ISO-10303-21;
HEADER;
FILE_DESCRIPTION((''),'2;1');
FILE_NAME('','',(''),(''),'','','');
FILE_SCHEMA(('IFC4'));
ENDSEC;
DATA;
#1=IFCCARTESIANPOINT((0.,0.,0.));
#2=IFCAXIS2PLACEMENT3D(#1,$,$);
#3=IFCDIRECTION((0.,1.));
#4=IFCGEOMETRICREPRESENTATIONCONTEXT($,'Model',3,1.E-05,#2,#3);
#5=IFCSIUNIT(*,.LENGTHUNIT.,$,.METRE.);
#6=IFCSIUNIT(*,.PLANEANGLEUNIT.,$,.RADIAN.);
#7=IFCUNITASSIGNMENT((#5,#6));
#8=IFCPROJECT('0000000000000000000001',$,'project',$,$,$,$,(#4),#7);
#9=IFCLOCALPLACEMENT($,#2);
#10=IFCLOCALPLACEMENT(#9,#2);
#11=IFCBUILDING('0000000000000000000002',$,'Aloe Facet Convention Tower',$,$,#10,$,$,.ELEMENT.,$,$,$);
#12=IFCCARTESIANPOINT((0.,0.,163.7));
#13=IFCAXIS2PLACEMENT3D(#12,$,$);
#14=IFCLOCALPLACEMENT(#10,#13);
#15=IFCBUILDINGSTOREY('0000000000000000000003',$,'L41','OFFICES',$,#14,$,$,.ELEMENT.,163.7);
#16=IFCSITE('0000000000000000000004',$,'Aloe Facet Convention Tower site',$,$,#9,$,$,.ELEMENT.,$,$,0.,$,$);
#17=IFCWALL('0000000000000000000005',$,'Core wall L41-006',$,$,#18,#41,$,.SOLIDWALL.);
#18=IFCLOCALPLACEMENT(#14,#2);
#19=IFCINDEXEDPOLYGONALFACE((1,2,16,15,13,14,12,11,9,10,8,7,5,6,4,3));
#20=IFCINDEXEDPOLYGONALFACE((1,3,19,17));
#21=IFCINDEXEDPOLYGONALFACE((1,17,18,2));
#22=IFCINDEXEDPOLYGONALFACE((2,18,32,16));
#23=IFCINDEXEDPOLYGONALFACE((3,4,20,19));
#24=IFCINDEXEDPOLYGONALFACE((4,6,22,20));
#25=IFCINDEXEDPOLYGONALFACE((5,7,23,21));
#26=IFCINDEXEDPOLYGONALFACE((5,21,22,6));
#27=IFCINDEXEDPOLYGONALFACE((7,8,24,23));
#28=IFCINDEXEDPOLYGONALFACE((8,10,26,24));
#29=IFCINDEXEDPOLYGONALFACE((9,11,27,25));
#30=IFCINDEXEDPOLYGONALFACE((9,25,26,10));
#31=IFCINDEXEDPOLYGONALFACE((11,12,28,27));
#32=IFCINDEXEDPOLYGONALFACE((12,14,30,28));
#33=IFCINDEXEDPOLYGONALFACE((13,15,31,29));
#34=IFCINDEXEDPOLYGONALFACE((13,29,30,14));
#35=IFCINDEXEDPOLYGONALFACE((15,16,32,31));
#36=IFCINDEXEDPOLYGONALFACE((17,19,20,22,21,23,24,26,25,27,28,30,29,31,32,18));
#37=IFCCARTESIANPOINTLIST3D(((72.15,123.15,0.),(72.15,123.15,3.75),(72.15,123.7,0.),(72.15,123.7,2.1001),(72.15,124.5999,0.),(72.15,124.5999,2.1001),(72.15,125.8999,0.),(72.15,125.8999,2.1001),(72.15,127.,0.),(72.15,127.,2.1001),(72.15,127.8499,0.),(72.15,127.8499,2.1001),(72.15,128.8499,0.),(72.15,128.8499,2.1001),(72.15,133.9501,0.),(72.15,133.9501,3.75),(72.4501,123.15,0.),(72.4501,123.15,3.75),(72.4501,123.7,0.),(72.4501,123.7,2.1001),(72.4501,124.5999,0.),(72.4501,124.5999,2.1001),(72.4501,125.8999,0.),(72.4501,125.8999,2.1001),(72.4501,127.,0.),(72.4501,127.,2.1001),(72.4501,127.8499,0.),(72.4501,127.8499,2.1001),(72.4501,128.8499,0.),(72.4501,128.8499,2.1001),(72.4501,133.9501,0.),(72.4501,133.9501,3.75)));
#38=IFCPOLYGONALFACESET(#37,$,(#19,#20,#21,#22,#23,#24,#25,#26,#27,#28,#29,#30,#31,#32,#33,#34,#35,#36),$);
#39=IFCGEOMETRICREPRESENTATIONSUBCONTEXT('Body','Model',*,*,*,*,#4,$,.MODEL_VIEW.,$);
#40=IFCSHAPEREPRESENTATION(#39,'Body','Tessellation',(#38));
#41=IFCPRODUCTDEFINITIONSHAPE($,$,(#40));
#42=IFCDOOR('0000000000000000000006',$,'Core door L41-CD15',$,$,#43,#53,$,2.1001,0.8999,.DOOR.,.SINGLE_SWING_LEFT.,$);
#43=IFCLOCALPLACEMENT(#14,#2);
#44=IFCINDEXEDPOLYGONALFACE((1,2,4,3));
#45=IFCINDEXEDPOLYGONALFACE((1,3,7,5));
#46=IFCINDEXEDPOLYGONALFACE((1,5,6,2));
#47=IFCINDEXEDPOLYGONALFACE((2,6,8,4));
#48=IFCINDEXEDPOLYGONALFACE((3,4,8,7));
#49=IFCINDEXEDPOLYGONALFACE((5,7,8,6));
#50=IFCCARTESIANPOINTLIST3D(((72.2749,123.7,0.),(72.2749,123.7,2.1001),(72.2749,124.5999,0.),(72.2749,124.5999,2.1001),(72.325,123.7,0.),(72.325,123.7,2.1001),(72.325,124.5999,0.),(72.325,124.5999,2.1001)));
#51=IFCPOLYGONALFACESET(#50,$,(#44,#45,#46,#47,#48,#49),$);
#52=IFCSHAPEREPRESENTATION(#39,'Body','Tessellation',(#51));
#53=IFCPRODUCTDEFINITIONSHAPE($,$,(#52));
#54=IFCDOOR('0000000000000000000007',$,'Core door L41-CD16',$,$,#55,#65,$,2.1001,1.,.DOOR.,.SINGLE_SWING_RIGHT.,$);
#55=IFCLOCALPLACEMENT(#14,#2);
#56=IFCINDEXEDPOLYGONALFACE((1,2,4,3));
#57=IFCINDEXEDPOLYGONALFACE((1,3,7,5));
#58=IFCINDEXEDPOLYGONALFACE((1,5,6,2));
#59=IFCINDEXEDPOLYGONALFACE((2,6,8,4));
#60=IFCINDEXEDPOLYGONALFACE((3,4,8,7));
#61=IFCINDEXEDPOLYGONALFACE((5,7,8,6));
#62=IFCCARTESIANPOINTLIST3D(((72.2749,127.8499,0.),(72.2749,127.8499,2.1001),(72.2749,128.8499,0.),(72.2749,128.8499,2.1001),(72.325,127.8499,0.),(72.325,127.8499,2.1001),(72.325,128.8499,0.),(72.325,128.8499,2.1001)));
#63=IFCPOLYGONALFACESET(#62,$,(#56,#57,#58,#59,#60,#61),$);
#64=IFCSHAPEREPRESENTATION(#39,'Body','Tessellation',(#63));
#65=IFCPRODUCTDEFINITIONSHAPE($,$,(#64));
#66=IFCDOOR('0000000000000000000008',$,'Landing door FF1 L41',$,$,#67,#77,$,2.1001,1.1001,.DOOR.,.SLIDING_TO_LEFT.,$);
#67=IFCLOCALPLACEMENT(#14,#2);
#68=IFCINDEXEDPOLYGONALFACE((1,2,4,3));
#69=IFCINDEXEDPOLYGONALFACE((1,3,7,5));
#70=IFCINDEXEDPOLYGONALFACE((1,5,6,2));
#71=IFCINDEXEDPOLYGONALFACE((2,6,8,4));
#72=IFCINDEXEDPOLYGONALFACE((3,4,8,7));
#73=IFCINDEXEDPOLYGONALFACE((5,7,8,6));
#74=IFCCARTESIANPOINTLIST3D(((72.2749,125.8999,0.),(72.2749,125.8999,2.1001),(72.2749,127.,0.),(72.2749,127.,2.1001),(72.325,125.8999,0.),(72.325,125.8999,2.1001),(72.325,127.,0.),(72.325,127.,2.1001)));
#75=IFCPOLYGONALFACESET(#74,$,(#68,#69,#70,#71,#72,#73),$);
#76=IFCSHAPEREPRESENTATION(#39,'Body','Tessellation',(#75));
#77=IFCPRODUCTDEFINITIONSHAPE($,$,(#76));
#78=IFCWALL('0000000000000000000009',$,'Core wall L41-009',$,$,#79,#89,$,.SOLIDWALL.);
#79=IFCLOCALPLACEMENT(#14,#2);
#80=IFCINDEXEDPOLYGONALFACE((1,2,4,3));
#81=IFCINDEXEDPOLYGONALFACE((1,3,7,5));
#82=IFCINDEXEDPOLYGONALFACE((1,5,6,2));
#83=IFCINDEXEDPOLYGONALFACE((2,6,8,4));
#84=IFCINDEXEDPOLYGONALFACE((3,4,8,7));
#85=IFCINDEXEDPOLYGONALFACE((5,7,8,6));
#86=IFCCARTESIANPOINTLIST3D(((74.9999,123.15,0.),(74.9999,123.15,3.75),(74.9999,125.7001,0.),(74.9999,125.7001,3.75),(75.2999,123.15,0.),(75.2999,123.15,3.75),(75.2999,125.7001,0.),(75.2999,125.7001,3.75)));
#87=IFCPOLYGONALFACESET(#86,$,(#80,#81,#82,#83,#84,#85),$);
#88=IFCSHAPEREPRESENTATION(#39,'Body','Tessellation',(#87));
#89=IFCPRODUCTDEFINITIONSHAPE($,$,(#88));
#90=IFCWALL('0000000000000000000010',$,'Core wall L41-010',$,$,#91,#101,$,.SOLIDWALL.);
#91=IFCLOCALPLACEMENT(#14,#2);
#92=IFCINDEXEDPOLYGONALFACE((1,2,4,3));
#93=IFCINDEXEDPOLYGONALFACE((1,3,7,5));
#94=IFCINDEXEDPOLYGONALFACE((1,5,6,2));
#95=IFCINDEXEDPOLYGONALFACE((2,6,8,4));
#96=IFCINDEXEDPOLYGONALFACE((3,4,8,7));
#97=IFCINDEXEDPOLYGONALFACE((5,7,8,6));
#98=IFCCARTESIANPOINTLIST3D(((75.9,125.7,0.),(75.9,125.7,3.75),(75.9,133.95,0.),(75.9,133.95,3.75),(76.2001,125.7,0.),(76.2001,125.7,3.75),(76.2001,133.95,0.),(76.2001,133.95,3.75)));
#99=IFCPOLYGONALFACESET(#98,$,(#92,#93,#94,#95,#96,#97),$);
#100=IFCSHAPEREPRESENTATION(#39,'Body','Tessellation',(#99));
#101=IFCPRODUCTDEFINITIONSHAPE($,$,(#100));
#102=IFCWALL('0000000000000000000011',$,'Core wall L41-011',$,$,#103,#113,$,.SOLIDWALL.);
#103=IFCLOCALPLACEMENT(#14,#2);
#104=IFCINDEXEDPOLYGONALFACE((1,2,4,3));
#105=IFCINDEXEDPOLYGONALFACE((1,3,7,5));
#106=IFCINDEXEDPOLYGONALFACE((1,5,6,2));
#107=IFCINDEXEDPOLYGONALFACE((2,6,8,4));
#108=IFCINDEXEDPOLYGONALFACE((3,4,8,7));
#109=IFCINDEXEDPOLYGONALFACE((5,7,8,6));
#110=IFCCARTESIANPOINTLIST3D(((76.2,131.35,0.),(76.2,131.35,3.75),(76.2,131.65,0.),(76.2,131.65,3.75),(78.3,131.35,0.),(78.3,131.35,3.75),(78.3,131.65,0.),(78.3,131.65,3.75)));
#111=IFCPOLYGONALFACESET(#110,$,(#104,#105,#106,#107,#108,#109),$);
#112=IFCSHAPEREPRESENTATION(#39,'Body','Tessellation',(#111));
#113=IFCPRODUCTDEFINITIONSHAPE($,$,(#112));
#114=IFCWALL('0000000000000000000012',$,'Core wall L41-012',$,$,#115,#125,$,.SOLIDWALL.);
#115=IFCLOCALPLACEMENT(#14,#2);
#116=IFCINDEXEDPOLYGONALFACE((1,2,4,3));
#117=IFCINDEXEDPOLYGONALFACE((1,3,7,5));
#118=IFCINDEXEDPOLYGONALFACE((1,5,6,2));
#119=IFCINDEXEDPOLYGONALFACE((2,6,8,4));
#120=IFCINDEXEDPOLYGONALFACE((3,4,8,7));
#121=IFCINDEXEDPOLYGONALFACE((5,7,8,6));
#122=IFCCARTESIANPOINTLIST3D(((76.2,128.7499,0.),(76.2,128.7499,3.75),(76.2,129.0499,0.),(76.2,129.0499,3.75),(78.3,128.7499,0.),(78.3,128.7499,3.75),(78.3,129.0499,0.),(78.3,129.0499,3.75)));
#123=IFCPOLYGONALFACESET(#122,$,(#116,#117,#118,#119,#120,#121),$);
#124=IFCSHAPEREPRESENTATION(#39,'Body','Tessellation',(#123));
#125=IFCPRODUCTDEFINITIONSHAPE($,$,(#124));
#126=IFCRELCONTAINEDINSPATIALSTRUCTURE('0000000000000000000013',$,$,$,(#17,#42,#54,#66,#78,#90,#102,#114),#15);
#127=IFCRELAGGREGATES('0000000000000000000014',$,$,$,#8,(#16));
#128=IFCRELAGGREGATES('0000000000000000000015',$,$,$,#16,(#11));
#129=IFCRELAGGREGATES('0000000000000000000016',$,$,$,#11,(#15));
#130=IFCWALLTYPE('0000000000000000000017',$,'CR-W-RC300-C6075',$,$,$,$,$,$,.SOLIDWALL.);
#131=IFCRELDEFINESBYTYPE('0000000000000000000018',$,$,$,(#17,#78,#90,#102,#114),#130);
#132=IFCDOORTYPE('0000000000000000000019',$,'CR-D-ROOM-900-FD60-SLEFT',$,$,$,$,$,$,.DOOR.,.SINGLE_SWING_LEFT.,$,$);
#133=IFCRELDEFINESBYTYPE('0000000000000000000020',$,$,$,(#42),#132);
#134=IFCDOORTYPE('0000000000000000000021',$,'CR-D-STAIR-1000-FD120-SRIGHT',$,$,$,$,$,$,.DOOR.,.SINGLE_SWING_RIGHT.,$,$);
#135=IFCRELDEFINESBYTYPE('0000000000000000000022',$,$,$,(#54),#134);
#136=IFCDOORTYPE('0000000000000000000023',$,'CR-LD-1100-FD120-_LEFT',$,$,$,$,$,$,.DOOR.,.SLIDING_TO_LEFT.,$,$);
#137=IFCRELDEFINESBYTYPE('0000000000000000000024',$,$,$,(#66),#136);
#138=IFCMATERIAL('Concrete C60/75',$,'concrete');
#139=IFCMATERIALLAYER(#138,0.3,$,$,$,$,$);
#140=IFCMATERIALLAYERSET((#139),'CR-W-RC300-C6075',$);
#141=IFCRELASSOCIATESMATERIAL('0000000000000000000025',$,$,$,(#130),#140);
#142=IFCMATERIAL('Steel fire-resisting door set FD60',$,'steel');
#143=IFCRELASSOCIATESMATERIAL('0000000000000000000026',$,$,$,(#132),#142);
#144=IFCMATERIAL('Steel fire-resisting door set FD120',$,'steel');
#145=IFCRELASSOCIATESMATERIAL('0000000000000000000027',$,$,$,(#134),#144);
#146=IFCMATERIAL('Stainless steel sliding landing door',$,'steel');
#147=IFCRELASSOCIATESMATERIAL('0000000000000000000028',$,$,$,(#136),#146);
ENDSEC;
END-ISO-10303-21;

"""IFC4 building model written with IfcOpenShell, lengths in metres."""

from ifc_helpers import new_model, si_unit, direction, frame, frame_2d, origin, place, context, subcontext, project, spatial, rectangle, extrude, material, layer, layer_set, type_object, element, fill, save


model = new_model("IFC4")

# Units and contexts
model_context = context("Model", 3, precision=1e-05, world=origin(), true_north=direction((0.0, 1.0)))
body_context = subcontext(model_context, "Body", "Model", "MODEL_VIEW")
ifc_project = project(units=[si_unit("LENGTHUNIT", "METRE"), si_unit("PLANEANGLEUNIT", "RADIAN")], contexts=[model_context])

# Site, building, storey
site_placement = place(None, origin())
site = spatial("IfcSite", under=ifc_project, at=site_placement, Name="Aloe Facet Convention Tower site", CompositionType="ELEMENT", RefElevation=0.0)
building_placement = place(site_placement, origin())
building = spatial("IfcBuilding", under=site, at=building_placement, Name="Aloe Facet Convention Tower", CompositionType="ELEMENT")
storey_placement = place(building_placement, frame((0.0, 0.0, 163.7)))
storey = spatial("IfcBuildingStorey", under=building, at=storey_placement, Name="L41", Description="OFFICES", CompositionType="ELEMENT", Elevation=163.7)

# Wall, openings, doors
ifc_material_1 = material(Name="Concrete C60/75", Category="concrete")
ifc_layer_1 = layer(ifc_material_1, 0.3)
ifc_layer_set_1 = layer_set([ifc_layer_1], Name="CR-W-RC300-C6075")
wall_type_1 = type_object("IfcWallType", Name="CR-W-RC300-C6075", PredefinedType="SOLIDWALL", material=ifc_layer_set_1)
wall_1_placement = place(storey_placement, frame((72.3, 133.95, 0.0), z_axis=(0.0, 0.0, 1.0), x_axis=(0.0, -1.0, 0.0)))
wall_1 = element("IfcWall", 1, at=wall_1_placement, inside=storey, type_object=wall_type_1, Name="Core wall L41-006", PredefinedType="SOLIDWALL", context=body_context, shape_type="SweptSolid", body=[
    extrude(rectangle(XDim=10.8, YDim=0.3, at=frame_2d((5.3999, 0.0))), origin(), (0.0, 0.0, 1.0), 3.75),
])
opening_1_placement = place(wall_1_placement, frame((6.95, 0.0, 0.0)))
opening_1 = element("IfcOpeningElement", 2, at=opening_1_placement, cuts=wall_1, PredefinedType="OPENING", context=body_context, shape_type="SweptSolid", body=[
    extrude(rectangle(XDim=1.1001, YDim=2.1001, at=frame_2d((0.55, 1.05))), frame((0.0, 0.1602, 0.0), z_axis=(0.0, -1.0, 0.0), x_axis=(1.0, 0.0, 0.0)), (0.0, 0.0, 1.0), 0.3201),
])
opening_2_placement = place(wall_1_placement, frame((9.3501, 0.0, 0.0)))
opening_2 = element("IfcOpeningElement", 3, at=opening_2_placement, cuts=wall_1, PredefinedType="OPENING", context=body_context, shape_type="SweptSolid", body=[
    extrude(rectangle(XDim=0.8999, YDim=2.1001, at=frame_2d((0.45, 1.05))), frame((0.0, 0.1602, 0.0), z_axis=(0.0, -1.0, 0.0), x_axis=(1.0, 0.0, 0.0)), (0.0, 0.0, 1.0), 0.3201),
])
opening_3_placement = place(wall_1_placement, frame((5.1001, 0.0, 0.0)))
opening_3 = element("IfcOpeningElement", 4, at=opening_3_placement, cuts=wall_1, PredefinedType="OPENING", context=body_context, shape_type="SweptSolid", body=[
    extrude(rectangle(XDim=1.0, YDim=2.1001, at=frame_2d((0.5, 1.05))), frame((0.0, 0.1602, 0.0), z_axis=(0.0, -1.0, 0.0), x_axis=(1.0, 0.0, 0.0)), (0.0, 0.0, 1.0), 0.3201),
])
ifc_material_2 = material(Name="Steel fire-resisting door set FD60", Category="steel")
door_type_1 = type_object("IfcDoorType", Name="CR-D-ROOM-900-FD60-SLEFT", OperationType="SINGLE_SWING_LEFT", PredefinedType="DOOR", material=ifc_material_2)
door_1_placement = place(opening_2_placement, origin())
door_1 = element("IfcDoor", 5, at=door_1_placement, inside=storey, type_object=door_type_1, Name="Core door L41-CD15", OperationType="SINGLE_SWING_LEFT", OverallHeight=2.1001, OverallWidth=0.8999, PredefinedType="DOOR", context=body_context, shape_type="SweptSolid", body=[
    extrude(rectangle(XDim=0.8999, YDim=2.1001, at=frame_2d((0.45, 1.05))), frame((0.0, 0.0249, 0.0), z_axis=(0.0, -1.0, 0.0), x_axis=(1.0, 0.0, 0.0)), (0.0, 0.0, 1.0), 0.05),
])
fill(opening_2, door_1)
ifc_material_3 = material(Name="Steel fire-resisting door set FD120", Category="steel")
door_type_2 = type_object("IfcDoorType", Name="CR-D-STAIR-1000-FD120-SRIGHT", OperationType="SINGLE_SWING_RIGHT", PredefinedType="DOOR", material=ifc_material_3)
door_2_placement = place(opening_3_placement, origin())
door_2 = element("IfcDoor", 6, at=door_2_placement, inside=storey, type_object=door_type_2, Name="Core door L41-CD16", OperationType="SINGLE_SWING_RIGHT", OverallHeight=2.1001, OverallWidth=1.0, PredefinedType="DOOR", context=body_context, shape_type="SweptSolid", body=[
    extrude(rectangle(XDim=1.0, YDim=2.1001, at=frame_2d((0.5, 1.05))), frame((0.0, 0.0249, 0.0), z_axis=(0.0, -1.0, 0.0), x_axis=(1.0, 0.0, 0.0)), (0.0, 0.0, 1.0), 0.05),
])
fill(opening_3, door_2)
ifc_material_4 = material(Name="Stainless steel sliding landing door", Category="steel")
door_type_3 = type_object("IfcDoorType", Name="CR-LD-1100-FD120-_LEFT", OperationType="SLIDING_TO_LEFT", PredefinedType="DOOR", material=ifc_material_4)
door_3_placement = place(opening_1_placement, origin())
door_3 = element("IfcDoor", 7, at=door_3_placement, inside=storey, type_object=door_type_3, Name="Landing door FF1 L41", OperationType="SLIDING_TO_LEFT", OverallHeight=2.1001, OverallWidth=1.1001, PredefinedType="DOOR", context=body_context, shape_type="SweptSolid", body=[
    extrude(rectangle(XDim=1.1001, YDim=2.1001, at=frame_2d((0.55, 1.05))), frame((0.0, 0.0249, 0.0), z_axis=(0.0, -1.0, 0.0), x_axis=(1.0, 0.0, 0.0)), (0.0, 0.0, 1.0), 0.05),
])
fill(opening_1, door_3)

# Walls
wall_2_placement = place(storey_placement, frame((75.1499, 125.7, 0.0), z_axis=(0.0, 0.0, 1.0), x_axis=(0.0, -1.0, 0.0)))
element("IfcWall", 8, at=wall_2_placement, inside=storey, type_object=wall_type_1, Name="Core wall L41-009", PredefinedType="SOLIDWALL", context=body_context, shape_type="SweptSolid", body=[
    extrude(rectangle(XDim=2.55, YDim=0.3, at=frame_2d((1.2749, 0.0))), origin(), (0.0, 0.0, 1.0), 3.75),
])
wall_3_placement = place(storey_placement, frame((76.05, 133.95, 0.0), z_axis=(0.0, 0.0, 1.0), x_axis=(0.0, -1.0, 0.0)))
element("IfcWall", 9, at=wall_3_placement, inside=storey, type_object=wall_type_1, Name="Core wall L41-010", PredefinedType="SOLIDWALL", context=body_context, shape_type="SweptSolid", body=[
    extrude(rectangle(XDim=8.25, YDim=0.3, at=frame_2d((4.125, 0.0))), origin(), (0.0, 0.0, 1.0), 3.75),
])
for number, where, z_axis, x_axis, name in (
    (10, (76.2, 131.5, 0.0), (0.0, 0.0, 1.0), (1.0, 0.0, 0.0), "Core wall L41-011"),
    (11, (76.2, 128.8999, 0.0), (0.0, 0.0, 1.0), (1.0, 0.0, 0.0), "Core wall L41-012"),
):
    element("IfcWall", number, at=place(storey_placement, frame(where, z_axis=z_axis, x_axis=x_axis)), inside=storey, type_object=wall_type_1, Name=name, PredefinedType="SOLIDWALL", context=body_context, shape_type="SweptSolid", body=[
        extrude(rectangle(XDim=2.1001, YDim=0.3, at=frame_2d((1.05, 0.0))), origin(), (0.0, 0.0, 1.0), 3.75),
    ])

save(model, "model.ifc")
